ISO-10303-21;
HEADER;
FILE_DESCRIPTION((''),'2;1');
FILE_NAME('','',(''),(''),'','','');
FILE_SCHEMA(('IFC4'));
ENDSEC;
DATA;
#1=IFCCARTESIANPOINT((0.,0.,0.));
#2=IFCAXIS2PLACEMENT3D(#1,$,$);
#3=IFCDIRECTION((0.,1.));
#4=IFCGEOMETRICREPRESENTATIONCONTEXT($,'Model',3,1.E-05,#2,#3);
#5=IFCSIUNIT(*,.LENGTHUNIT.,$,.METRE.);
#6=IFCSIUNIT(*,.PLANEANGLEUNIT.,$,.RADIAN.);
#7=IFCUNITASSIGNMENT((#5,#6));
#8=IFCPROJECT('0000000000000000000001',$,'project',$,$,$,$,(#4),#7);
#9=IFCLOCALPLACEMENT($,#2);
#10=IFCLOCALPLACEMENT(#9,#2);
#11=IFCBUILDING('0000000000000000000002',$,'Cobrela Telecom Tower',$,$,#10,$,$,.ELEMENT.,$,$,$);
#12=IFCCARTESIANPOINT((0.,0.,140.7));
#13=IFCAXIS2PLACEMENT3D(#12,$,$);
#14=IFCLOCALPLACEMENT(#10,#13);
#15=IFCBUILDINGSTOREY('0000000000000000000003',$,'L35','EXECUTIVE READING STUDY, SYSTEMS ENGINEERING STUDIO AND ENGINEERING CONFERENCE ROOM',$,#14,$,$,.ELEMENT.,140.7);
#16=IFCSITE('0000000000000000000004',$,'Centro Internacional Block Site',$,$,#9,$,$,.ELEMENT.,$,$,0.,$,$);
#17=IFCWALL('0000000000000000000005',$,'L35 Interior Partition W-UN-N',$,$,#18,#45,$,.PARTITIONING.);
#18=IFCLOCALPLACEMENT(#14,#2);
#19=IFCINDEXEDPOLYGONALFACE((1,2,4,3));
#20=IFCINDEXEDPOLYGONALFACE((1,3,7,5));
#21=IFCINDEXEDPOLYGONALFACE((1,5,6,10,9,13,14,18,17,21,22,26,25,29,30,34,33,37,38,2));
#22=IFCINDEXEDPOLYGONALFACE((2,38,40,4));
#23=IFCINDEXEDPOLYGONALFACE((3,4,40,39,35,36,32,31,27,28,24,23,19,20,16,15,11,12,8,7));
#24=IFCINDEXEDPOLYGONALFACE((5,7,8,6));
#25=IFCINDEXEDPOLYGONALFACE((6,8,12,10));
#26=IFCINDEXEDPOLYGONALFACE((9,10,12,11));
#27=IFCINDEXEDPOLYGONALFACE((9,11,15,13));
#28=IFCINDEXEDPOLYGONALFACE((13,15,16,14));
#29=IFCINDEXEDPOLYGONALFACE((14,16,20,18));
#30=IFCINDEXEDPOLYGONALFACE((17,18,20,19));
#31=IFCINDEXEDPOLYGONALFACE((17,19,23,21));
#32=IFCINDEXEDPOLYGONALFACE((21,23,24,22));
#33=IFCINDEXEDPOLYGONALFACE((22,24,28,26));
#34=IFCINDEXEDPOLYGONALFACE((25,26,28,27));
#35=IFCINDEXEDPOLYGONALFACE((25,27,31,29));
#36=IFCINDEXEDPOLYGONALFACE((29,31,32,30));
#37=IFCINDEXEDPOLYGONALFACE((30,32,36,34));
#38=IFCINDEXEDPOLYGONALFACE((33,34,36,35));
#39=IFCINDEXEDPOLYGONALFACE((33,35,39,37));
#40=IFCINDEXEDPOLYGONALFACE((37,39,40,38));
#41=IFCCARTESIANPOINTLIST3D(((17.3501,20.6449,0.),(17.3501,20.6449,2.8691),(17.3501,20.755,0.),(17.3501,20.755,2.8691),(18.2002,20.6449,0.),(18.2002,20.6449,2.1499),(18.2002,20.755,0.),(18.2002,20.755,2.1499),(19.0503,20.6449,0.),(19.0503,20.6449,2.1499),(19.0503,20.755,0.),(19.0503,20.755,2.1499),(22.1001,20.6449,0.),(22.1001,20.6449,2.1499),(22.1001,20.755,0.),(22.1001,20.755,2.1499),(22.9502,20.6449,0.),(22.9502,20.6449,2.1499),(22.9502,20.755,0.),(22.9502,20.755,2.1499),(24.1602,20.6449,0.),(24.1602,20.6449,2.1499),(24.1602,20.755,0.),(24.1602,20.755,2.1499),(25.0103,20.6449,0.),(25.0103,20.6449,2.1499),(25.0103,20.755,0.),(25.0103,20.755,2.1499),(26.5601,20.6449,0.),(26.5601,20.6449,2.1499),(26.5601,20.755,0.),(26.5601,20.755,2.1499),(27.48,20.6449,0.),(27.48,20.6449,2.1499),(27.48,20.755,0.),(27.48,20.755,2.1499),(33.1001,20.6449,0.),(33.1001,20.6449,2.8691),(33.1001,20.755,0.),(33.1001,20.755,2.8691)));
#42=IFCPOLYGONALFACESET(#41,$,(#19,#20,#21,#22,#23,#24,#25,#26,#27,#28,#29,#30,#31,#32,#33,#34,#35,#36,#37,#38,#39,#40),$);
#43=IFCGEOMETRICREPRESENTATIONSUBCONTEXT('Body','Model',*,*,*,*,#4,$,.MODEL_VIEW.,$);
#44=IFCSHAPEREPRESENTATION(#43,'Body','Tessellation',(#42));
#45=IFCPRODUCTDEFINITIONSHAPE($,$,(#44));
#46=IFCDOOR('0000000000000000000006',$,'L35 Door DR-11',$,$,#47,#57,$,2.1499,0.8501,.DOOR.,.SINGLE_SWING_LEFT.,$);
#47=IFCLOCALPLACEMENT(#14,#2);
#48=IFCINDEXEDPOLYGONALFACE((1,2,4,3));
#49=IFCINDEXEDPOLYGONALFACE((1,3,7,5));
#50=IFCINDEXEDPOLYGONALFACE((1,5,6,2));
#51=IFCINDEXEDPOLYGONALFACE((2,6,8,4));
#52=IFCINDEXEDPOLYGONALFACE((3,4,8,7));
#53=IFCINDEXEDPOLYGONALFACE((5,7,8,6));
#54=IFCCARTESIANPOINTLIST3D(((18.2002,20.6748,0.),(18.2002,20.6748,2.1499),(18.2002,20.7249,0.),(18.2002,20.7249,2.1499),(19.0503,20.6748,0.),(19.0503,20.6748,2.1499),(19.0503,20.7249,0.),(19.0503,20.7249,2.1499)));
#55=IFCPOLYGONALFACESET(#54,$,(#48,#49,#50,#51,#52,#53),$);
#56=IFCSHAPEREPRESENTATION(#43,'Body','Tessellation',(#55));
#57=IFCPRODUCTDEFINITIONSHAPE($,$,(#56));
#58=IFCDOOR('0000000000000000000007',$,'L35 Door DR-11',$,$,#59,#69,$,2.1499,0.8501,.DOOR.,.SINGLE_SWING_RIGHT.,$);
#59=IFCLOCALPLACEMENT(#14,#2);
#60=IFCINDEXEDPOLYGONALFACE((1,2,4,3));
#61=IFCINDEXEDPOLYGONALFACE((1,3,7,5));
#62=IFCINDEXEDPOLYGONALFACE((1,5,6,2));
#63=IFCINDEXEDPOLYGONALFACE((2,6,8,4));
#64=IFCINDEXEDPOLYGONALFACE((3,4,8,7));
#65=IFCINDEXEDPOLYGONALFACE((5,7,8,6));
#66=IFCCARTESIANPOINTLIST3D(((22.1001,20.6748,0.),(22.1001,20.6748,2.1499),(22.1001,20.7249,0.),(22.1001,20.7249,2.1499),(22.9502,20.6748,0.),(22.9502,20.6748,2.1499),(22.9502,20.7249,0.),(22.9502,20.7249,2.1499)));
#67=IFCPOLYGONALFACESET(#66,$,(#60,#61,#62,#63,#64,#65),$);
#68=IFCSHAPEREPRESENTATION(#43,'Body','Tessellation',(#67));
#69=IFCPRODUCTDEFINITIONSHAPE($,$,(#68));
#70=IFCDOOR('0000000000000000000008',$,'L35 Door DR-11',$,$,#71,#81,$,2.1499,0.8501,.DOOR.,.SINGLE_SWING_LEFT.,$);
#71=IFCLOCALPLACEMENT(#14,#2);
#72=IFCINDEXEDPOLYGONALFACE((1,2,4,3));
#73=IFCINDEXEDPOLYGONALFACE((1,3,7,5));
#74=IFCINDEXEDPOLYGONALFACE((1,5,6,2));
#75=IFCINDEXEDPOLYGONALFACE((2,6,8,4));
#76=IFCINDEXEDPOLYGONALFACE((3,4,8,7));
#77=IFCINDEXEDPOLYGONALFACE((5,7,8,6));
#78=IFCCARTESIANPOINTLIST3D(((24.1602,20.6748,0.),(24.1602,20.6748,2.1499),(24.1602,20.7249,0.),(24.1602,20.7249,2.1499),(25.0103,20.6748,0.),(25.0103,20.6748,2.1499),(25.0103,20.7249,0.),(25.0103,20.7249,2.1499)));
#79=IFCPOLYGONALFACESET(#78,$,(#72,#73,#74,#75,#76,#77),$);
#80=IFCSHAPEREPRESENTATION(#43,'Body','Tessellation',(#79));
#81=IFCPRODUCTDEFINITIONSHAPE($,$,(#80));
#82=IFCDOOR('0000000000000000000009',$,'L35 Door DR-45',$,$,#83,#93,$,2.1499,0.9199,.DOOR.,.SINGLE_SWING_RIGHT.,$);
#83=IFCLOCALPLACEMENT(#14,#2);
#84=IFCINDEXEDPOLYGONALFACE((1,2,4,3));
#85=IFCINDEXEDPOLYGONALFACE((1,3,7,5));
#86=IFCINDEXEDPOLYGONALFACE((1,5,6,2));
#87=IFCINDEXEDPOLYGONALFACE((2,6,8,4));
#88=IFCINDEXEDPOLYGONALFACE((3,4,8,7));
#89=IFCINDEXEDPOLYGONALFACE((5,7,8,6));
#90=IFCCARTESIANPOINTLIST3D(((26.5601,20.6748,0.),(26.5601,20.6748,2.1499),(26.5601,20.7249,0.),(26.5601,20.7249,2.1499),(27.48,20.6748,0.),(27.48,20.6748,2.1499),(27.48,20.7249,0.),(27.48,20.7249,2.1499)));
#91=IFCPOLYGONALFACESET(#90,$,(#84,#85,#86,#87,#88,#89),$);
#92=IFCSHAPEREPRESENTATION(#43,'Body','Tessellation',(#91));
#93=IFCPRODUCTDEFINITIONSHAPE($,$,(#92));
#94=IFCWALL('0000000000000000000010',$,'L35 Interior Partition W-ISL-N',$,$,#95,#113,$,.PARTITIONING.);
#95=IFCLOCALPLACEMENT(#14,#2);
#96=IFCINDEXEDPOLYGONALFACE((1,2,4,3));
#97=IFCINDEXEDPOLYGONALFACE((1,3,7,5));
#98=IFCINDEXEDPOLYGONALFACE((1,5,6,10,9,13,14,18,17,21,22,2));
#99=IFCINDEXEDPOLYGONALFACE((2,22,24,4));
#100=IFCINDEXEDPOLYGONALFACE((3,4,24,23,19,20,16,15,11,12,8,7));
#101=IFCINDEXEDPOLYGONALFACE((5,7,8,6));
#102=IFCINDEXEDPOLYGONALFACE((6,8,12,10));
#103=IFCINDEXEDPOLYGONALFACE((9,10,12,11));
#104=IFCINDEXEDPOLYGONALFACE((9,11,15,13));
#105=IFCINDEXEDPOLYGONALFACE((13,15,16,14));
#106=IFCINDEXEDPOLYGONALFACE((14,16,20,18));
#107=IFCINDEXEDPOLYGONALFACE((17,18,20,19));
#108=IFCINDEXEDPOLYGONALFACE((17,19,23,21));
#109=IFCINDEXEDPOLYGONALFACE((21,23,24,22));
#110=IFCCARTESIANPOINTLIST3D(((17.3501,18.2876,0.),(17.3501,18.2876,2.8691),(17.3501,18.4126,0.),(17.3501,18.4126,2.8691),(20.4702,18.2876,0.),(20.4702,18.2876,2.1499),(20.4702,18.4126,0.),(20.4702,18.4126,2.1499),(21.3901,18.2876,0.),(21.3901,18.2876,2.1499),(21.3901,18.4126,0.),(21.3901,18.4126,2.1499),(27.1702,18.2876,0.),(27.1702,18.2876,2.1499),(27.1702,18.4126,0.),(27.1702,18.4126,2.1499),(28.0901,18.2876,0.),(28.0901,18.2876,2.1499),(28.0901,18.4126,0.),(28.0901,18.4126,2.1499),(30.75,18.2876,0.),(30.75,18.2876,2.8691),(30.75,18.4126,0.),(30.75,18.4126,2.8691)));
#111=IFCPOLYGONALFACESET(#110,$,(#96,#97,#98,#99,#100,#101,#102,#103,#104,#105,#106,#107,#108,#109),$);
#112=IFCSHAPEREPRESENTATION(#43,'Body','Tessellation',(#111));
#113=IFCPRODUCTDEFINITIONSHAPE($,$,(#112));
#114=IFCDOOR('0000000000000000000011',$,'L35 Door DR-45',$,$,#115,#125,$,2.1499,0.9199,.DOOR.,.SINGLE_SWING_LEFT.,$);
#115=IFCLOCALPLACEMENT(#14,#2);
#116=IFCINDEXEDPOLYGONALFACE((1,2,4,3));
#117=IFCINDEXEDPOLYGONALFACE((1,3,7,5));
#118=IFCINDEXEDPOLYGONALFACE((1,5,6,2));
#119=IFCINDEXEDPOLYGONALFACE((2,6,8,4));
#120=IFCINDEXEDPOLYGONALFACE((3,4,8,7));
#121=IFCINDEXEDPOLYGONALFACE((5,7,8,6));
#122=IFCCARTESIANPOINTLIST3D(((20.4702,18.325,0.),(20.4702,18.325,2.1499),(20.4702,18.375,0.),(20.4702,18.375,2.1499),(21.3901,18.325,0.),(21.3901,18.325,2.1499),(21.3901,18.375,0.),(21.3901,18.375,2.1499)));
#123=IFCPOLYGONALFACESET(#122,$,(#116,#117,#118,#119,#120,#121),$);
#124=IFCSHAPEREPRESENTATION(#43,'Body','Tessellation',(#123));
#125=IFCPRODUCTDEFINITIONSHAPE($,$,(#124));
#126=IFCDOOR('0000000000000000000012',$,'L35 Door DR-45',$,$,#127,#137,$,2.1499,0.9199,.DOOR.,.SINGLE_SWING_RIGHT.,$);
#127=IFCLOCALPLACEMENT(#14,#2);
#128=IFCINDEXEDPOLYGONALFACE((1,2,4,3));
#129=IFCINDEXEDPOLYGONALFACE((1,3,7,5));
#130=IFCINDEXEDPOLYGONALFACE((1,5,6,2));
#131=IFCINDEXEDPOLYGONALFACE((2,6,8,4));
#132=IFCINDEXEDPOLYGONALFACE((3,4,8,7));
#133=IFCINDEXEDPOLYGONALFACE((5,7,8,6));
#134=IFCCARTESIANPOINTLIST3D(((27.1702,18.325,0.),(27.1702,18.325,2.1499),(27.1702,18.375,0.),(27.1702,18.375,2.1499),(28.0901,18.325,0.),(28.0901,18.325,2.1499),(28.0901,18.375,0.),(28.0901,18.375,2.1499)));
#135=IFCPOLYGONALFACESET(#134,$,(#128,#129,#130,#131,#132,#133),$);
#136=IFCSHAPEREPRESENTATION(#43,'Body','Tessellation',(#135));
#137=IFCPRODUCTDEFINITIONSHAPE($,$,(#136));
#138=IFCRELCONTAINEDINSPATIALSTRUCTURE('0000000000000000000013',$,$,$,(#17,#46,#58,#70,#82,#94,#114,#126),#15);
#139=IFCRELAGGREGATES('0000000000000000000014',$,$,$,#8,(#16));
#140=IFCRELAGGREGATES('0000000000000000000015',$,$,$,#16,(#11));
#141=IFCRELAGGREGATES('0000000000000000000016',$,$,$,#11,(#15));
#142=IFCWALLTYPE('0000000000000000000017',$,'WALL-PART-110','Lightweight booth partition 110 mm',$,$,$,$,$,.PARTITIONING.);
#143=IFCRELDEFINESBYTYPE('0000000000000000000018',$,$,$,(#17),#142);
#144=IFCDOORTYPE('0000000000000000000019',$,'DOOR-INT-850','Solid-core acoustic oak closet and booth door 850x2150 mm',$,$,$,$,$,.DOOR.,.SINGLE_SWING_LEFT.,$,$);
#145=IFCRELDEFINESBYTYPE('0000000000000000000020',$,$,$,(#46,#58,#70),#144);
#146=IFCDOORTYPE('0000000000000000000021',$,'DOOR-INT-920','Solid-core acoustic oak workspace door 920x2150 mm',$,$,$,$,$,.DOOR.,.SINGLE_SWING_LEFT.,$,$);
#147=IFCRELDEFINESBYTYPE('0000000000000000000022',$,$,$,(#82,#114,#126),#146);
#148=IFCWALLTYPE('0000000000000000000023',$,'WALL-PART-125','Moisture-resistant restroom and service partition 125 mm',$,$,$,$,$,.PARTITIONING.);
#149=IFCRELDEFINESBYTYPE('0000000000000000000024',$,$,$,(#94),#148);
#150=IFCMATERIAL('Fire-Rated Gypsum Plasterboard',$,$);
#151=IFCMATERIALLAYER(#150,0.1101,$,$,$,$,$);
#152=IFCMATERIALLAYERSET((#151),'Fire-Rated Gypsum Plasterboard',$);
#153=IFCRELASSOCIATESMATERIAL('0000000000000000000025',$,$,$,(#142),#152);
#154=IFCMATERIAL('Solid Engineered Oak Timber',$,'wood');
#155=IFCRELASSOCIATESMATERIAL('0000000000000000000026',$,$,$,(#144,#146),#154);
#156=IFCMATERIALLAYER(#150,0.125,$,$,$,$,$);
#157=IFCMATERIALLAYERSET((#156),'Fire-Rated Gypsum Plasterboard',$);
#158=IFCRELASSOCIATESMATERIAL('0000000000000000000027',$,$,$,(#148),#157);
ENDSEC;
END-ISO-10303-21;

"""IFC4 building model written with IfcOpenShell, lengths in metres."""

from ifc_helpers import new_model, si_unit, direction, frame, frame_2d, origin, place, context, subcontext, project, spatial, rectangle, extrude, material, layer, layer_set, type_object, element, fill, save


model = new_model("IFC4")

# Units and contexts
model_context = context("Model", 3, precision=1e-05, world=origin(), true_north=direction((0.0, 1.0)))
body_context = subcontext(model_context, "Body", "Model", "MODEL_VIEW")
ifc_project = project(units=[si_unit("LENGTHUNIT", "METRE"), si_unit("PLANEANGLEUNIT", "RADIAN")], contexts=[model_context])

# Site, building, storey
site_placement = place(None, origin())
site = spatial("IfcSite", under=ifc_project, at=site_placement, Name="Centro Internacional Block Site", CompositionType="ELEMENT", RefElevation=0.0)
building_placement = place(site_placement, origin())
building = spatial("IfcBuilding", under=site, at=building_placement, Name="Cobrela Telecom Tower", CompositionType="ELEMENT")
storey_placement = place(building_placement, frame((0.0, 0.0, 140.7)))
storey = spatial("IfcBuildingStorey", under=building, at=storey_placement, Name="L35", Description="EXECUTIVE READING STUDY, SYSTEMS ENGINEERING STUDIO AND ENGINEERING CONFERENCE ROOM", CompositionType="ELEMENT", Elevation=140.7)

# Walls, openings, doors
ifc_material_1 = material(Name="Fire-Rated Gypsum Plasterboard")
ifc_layer_1 = layer(ifc_material_1, 0.1101)
ifc_layer_set_1 = layer_set([ifc_layer_1], Name="Fire-Rated Gypsum Plasterboard")
wall_type_1 = type_object("IfcWallType", Name="WALL-PART-110", Description="Lightweight booth partition 110 mm", PredefinedType="PARTITIONING", material=ifc_layer_set_1)
wall_1_placement = place(storey_placement, frame((17.3501, 20.7, 0.0), z_axis=(0.0, 0.0, 1.0), x_axis=(1.0, 0.0, 0.0)))
wall_1 = element("IfcWall", 1, at=wall_1_placement, inside=storey, type_object=wall_type_1, Name="L35 Interior Partition W-UN-N", PredefinedType="PARTITIONING", context=body_context, shape_type="SweptSolid", body=[
    extrude(rectangle(XDim=15.75, YDim=0.1101, at=frame_2d((7.875, 0.0))), origin(), (0.0, 0.0, 1.0), 2.8691),
])
opening_1_placement = place(wall_1_placement, frame((0.8501, 0.0, 0.0)))
opening_1 = element("IfcOpeningElement", 2, at=opening_1_placement, cuts=wall_1, PredefinedType="OPENING", context=body_context, shape_type="SweptSolid", body=[
    extrude(rectangle(XDim=0.8501, YDim=2.1499, at=frame_2d((0.425, 1.075))), frame((0.0, 0.0669, 0.0), z_axis=(0.0, -1.0, 0.0), x_axis=(1.0, 0.0, 0.0)), (0.0, 0.0, 1.0), 0.134),
])
opening_2_placement = place(wall_1_placement, frame((4.75, 0.0, 0.0)))
opening_2 = element("IfcOpeningElement", 3, at=opening_2_placement, cuts=wall_1, PredefinedType="OPENING", context=body_context, shape_type="SweptSolid", body=[
    extrude(rectangle(XDim=0.8501, YDim=2.1499, at=frame_2d((0.425, 1.075))), frame((0.0, 0.0669, 0.0), z_axis=(0.0, -1.0, 0.0), x_axis=(1.0, 0.0, 0.0)), (0.0, 0.0, 1.0), 0.134),
])
opening_3_placement = place(wall_1_placement, frame((6.8101, 0.0, 0.0)))
opening_3 = element("IfcOpeningElement", 4, at=opening_3_placement, cuts=wall_1, PredefinedType="OPENING", context=body_context, shape_type="SweptSolid", body=[
    extrude(rectangle(XDim=0.8501, YDim=2.1499, at=frame_2d((0.425, 1.075))), frame((0.0, 0.0669, 0.0), z_axis=(0.0, -1.0, 0.0), x_axis=(1.0, 0.0, 0.0)), (0.0, 0.0, 1.0), 0.134),
])
opening_4_placement = place(wall_1_placement, frame((9.21, 0.0, 0.0)))
opening_4 = element("IfcOpeningElement", 5, at=opening_4_placement, cuts=wall_1, PredefinedType="OPENING", context=body_context, shape_type="SweptSolid", body=[
    extrude(rectangle(XDim=0.9199, YDim=2.1499, at=frame_2d((0.46, 1.075))), frame((0.0, 0.0669, 0.0), z_axis=(0.0, -1.0, 0.0), x_axis=(1.0, 0.0, 0.0)), (0.0, 0.0, 1.0), 0.134),
])
ifc_material_2 = material(Name="Solid Engineered Oak Timber", Category="wood")
door_type_1 = type_object("IfcDoorType", Name="DOOR-INT-850", Description="Solid-core acoustic oak closet and booth door 850x2150 mm", OperationType="SINGLE_SWING_LEFT", PredefinedType="DOOR", material=ifc_material_2)
door_1_placement = place(opening_1_placement, origin())
door_1 = element("IfcDoor", 6, at=door_1_placement, inside=storey, type_object=door_type_1, Name="L35 Door DR-11", OperationType="SINGLE_SWING_LEFT", OverallHeight=2.1499, OverallWidth=0.8501, PredefinedType="DOOR", context=body_context, shape_type="SweptSolid", body=[
    extrude(rectangle(XDim=0.8501, YDim=2.1499, at=frame_2d((0.425, 1.075))), frame((0.0, 0.0249, 0.0), z_axis=(0.0, -1.0, 0.0), x_axis=(1.0, 0.0, 0.0)), (0.0, 0.0, 1.0), 0.05),
])
fill(opening_1, door_1)
door_2_placement = place(opening_2_placement, origin())
door_2 = element("IfcDoor", 7, at=door_2_placement, inside=storey, type_object=door_type_1, Name="L35 Door DR-11", OperationType="SINGLE_SWING_RIGHT", OverallHeight=2.1499, OverallWidth=0.8501, PredefinedType="DOOR", context=body_context, shape_type="SweptSolid", body=[
    extrude(rectangle(XDim=0.8501, YDim=2.1499, at=frame_2d((0.425, 1.075))), frame((0.0, 0.0249, 0.0), z_axis=(0.0, -1.0, 0.0), x_axis=(1.0, 0.0, 0.0)), (0.0, 0.0, 1.0), 0.05),
])
fill(opening_2, door_2)
door_3_placement = place(opening_3_placement, origin())
door_3 = element("IfcDoor", 8, at=door_3_placement, inside=storey, type_object=door_type_1, Name="L35 Door DR-11", OperationType="SINGLE_SWING_LEFT", OverallHeight=2.1499, OverallWidth=0.8501, PredefinedType="DOOR", context=body_context, shape_type="SweptSolid", body=[
    extrude(rectangle(XDim=0.8501, YDim=2.1499, at=frame_2d((0.425, 1.075))), frame((0.0, 0.0249, 0.0), z_axis=(0.0, -1.0, 0.0), x_axis=(1.0, 0.0, 0.0)), (0.0, 0.0, 1.0), 0.05),
])
fill(opening_3, door_3)
door_type_2 = type_object("IfcDoorType", Name="DOOR-INT-920", Description="Solid-core acoustic oak workspace door 920x2150 mm", OperationType="SINGLE_SWING_LEFT", PredefinedType="DOOR", material=ifc_material_2)
door_4_placement = place(opening_4_placement, origin())
door_4 = element("IfcDoor", 9, at=door_4_placement, inside=storey, type_object=door_type_2, Name="L35 Door DR-45", OperationType="SINGLE_SWING_RIGHT", OverallHeight=2.1499, OverallWidth=0.9199, PredefinedType="DOOR", context=body_context, shape_type="SweptSolid", body=[
    extrude(rectangle(XDim=0.9199, YDim=2.1499, at=frame_2d((0.46, 1.075))), frame((0.0, 0.0249, 0.0), z_axis=(0.0, -1.0, 0.0), x_axis=(1.0, 0.0, 0.0)), (0.0, 0.0, 1.0), 0.05),
])
fill(opening_4, door_4)
ifc_layer_2 = layer(ifc_material_1, 0.125)
ifc_layer_set_2 = layer_set([ifc_layer_2], Name="Fire-Rated Gypsum Plasterboard")
wall_type_2 = type_object("IfcWallType", Name="WALL-PART-125", Description="Moisture-resistant restroom and service partition 125 mm", PredefinedType="PARTITIONING", material=ifc_layer_set_2)
wall_2_placement = place(storey_placement, frame((17.3501, 18.3501, 0.0), z_axis=(0.0, 0.0, 1.0), x_axis=(1.0, 0.0, 0.0)))
wall_2 = element("IfcWall", 10, at=wall_2_placement, inside=storey, type_object=wall_type_2, Name="L35 Interior Partition W-ISL-N", PredefinedType="PARTITIONING", context=body_context, shape_type="SweptSolid", body=[
    extrude(rectangle(XDim=13.3999, YDim=0.125, at=frame_2d((6.7, 0.0))), origin(), (0.0, 0.0, 1.0), 2.8691),
])
opening_5_placement = place(wall_2_placement, frame((3.1201, 0.0, 0.0)))
opening_5 = element("IfcOpeningElement", 11, at=opening_5_placement, cuts=wall_2, PredefinedType="OPENING", context=body_context, shape_type="SweptSolid", body=[
    extrude(rectangle(XDim=0.9199, YDim=2.1499, at=frame_2d((0.46, 1.075))), frame((0.0, 0.0745, 0.0), z_axis=(0.0, -1.0, 0.0), x_axis=(1.0, 0.0, 0.0)), (0.0, 0.0, 1.0), 0.1489),
])
opening_6_placement = place(wall_2_placement, frame((9.8201, 0.0, 0.0)))
opening_6 = element("IfcOpeningElement", 12, at=opening_6_placement, cuts=wall_2, PredefinedType="OPENING", context=body_context, shape_type="SweptSolid", body=[
    extrude(rectangle(XDim=0.9199, YDim=2.1499, at=frame_2d((0.46, 1.075))), frame((0.0, 0.0745, 0.0), z_axis=(0.0, -1.0, 0.0), x_axis=(1.0, 0.0, 0.0)), (0.0, 0.0, 1.0), 0.1489),
])
door_5_placement = place(opening_5_placement, origin())
door_5 = element("IfcDoor", 13, at=door_5_placement, inside=storey, type_object=door_type_2, Name="L35 Door DR-45", OperationType="SINGLE_SWING_LEFT", OverallHeight=2.1499, OverallWidth=0.9199, PredefinedType="DOOR", context=body_context, shape_type="SweptSolid", body=[
    extrude(rectangle(XDim=0.9199, YDim=2.1499, at=frame_2d((0.46, 1.075))), frame((0.0, 0.0249, 0.0), z_axis=(0.0, -1.0, 0.0), x_axis=(1.0, 0.0, 0.0)), (0.0, 0.0, 1.0), 0.05),
])
fill(opening_5, door_5)
door_6_placement = place(opening_6_placement, origin())
door_6 = element("IfcDoor", 14, at=door_6_placement, inside=storey, type_object=door_type_2, Name="L35 Door DR-45", OperationType="SINGLE_SWING_RIGHT", OverallHeight=2.1499, OverallWidth=0.9199, PredefinedType="DOOR", context=body_context, shape_type="SweptSolid", body=[
    extrude(rectangle(XDim=0.9199, YDim=2.1499, at=frame_2d((0.46, 1.075))), frame((0.0, 0.0249, 0.0), z_axis=(0.0, -1.0, 0.0), x_axis=(1.0, 0.0, 0.0)), (0.0, 0.0, 1.0), 0.05),
])
fill(opening_6, door_6)

save(model, "model.ifc")
